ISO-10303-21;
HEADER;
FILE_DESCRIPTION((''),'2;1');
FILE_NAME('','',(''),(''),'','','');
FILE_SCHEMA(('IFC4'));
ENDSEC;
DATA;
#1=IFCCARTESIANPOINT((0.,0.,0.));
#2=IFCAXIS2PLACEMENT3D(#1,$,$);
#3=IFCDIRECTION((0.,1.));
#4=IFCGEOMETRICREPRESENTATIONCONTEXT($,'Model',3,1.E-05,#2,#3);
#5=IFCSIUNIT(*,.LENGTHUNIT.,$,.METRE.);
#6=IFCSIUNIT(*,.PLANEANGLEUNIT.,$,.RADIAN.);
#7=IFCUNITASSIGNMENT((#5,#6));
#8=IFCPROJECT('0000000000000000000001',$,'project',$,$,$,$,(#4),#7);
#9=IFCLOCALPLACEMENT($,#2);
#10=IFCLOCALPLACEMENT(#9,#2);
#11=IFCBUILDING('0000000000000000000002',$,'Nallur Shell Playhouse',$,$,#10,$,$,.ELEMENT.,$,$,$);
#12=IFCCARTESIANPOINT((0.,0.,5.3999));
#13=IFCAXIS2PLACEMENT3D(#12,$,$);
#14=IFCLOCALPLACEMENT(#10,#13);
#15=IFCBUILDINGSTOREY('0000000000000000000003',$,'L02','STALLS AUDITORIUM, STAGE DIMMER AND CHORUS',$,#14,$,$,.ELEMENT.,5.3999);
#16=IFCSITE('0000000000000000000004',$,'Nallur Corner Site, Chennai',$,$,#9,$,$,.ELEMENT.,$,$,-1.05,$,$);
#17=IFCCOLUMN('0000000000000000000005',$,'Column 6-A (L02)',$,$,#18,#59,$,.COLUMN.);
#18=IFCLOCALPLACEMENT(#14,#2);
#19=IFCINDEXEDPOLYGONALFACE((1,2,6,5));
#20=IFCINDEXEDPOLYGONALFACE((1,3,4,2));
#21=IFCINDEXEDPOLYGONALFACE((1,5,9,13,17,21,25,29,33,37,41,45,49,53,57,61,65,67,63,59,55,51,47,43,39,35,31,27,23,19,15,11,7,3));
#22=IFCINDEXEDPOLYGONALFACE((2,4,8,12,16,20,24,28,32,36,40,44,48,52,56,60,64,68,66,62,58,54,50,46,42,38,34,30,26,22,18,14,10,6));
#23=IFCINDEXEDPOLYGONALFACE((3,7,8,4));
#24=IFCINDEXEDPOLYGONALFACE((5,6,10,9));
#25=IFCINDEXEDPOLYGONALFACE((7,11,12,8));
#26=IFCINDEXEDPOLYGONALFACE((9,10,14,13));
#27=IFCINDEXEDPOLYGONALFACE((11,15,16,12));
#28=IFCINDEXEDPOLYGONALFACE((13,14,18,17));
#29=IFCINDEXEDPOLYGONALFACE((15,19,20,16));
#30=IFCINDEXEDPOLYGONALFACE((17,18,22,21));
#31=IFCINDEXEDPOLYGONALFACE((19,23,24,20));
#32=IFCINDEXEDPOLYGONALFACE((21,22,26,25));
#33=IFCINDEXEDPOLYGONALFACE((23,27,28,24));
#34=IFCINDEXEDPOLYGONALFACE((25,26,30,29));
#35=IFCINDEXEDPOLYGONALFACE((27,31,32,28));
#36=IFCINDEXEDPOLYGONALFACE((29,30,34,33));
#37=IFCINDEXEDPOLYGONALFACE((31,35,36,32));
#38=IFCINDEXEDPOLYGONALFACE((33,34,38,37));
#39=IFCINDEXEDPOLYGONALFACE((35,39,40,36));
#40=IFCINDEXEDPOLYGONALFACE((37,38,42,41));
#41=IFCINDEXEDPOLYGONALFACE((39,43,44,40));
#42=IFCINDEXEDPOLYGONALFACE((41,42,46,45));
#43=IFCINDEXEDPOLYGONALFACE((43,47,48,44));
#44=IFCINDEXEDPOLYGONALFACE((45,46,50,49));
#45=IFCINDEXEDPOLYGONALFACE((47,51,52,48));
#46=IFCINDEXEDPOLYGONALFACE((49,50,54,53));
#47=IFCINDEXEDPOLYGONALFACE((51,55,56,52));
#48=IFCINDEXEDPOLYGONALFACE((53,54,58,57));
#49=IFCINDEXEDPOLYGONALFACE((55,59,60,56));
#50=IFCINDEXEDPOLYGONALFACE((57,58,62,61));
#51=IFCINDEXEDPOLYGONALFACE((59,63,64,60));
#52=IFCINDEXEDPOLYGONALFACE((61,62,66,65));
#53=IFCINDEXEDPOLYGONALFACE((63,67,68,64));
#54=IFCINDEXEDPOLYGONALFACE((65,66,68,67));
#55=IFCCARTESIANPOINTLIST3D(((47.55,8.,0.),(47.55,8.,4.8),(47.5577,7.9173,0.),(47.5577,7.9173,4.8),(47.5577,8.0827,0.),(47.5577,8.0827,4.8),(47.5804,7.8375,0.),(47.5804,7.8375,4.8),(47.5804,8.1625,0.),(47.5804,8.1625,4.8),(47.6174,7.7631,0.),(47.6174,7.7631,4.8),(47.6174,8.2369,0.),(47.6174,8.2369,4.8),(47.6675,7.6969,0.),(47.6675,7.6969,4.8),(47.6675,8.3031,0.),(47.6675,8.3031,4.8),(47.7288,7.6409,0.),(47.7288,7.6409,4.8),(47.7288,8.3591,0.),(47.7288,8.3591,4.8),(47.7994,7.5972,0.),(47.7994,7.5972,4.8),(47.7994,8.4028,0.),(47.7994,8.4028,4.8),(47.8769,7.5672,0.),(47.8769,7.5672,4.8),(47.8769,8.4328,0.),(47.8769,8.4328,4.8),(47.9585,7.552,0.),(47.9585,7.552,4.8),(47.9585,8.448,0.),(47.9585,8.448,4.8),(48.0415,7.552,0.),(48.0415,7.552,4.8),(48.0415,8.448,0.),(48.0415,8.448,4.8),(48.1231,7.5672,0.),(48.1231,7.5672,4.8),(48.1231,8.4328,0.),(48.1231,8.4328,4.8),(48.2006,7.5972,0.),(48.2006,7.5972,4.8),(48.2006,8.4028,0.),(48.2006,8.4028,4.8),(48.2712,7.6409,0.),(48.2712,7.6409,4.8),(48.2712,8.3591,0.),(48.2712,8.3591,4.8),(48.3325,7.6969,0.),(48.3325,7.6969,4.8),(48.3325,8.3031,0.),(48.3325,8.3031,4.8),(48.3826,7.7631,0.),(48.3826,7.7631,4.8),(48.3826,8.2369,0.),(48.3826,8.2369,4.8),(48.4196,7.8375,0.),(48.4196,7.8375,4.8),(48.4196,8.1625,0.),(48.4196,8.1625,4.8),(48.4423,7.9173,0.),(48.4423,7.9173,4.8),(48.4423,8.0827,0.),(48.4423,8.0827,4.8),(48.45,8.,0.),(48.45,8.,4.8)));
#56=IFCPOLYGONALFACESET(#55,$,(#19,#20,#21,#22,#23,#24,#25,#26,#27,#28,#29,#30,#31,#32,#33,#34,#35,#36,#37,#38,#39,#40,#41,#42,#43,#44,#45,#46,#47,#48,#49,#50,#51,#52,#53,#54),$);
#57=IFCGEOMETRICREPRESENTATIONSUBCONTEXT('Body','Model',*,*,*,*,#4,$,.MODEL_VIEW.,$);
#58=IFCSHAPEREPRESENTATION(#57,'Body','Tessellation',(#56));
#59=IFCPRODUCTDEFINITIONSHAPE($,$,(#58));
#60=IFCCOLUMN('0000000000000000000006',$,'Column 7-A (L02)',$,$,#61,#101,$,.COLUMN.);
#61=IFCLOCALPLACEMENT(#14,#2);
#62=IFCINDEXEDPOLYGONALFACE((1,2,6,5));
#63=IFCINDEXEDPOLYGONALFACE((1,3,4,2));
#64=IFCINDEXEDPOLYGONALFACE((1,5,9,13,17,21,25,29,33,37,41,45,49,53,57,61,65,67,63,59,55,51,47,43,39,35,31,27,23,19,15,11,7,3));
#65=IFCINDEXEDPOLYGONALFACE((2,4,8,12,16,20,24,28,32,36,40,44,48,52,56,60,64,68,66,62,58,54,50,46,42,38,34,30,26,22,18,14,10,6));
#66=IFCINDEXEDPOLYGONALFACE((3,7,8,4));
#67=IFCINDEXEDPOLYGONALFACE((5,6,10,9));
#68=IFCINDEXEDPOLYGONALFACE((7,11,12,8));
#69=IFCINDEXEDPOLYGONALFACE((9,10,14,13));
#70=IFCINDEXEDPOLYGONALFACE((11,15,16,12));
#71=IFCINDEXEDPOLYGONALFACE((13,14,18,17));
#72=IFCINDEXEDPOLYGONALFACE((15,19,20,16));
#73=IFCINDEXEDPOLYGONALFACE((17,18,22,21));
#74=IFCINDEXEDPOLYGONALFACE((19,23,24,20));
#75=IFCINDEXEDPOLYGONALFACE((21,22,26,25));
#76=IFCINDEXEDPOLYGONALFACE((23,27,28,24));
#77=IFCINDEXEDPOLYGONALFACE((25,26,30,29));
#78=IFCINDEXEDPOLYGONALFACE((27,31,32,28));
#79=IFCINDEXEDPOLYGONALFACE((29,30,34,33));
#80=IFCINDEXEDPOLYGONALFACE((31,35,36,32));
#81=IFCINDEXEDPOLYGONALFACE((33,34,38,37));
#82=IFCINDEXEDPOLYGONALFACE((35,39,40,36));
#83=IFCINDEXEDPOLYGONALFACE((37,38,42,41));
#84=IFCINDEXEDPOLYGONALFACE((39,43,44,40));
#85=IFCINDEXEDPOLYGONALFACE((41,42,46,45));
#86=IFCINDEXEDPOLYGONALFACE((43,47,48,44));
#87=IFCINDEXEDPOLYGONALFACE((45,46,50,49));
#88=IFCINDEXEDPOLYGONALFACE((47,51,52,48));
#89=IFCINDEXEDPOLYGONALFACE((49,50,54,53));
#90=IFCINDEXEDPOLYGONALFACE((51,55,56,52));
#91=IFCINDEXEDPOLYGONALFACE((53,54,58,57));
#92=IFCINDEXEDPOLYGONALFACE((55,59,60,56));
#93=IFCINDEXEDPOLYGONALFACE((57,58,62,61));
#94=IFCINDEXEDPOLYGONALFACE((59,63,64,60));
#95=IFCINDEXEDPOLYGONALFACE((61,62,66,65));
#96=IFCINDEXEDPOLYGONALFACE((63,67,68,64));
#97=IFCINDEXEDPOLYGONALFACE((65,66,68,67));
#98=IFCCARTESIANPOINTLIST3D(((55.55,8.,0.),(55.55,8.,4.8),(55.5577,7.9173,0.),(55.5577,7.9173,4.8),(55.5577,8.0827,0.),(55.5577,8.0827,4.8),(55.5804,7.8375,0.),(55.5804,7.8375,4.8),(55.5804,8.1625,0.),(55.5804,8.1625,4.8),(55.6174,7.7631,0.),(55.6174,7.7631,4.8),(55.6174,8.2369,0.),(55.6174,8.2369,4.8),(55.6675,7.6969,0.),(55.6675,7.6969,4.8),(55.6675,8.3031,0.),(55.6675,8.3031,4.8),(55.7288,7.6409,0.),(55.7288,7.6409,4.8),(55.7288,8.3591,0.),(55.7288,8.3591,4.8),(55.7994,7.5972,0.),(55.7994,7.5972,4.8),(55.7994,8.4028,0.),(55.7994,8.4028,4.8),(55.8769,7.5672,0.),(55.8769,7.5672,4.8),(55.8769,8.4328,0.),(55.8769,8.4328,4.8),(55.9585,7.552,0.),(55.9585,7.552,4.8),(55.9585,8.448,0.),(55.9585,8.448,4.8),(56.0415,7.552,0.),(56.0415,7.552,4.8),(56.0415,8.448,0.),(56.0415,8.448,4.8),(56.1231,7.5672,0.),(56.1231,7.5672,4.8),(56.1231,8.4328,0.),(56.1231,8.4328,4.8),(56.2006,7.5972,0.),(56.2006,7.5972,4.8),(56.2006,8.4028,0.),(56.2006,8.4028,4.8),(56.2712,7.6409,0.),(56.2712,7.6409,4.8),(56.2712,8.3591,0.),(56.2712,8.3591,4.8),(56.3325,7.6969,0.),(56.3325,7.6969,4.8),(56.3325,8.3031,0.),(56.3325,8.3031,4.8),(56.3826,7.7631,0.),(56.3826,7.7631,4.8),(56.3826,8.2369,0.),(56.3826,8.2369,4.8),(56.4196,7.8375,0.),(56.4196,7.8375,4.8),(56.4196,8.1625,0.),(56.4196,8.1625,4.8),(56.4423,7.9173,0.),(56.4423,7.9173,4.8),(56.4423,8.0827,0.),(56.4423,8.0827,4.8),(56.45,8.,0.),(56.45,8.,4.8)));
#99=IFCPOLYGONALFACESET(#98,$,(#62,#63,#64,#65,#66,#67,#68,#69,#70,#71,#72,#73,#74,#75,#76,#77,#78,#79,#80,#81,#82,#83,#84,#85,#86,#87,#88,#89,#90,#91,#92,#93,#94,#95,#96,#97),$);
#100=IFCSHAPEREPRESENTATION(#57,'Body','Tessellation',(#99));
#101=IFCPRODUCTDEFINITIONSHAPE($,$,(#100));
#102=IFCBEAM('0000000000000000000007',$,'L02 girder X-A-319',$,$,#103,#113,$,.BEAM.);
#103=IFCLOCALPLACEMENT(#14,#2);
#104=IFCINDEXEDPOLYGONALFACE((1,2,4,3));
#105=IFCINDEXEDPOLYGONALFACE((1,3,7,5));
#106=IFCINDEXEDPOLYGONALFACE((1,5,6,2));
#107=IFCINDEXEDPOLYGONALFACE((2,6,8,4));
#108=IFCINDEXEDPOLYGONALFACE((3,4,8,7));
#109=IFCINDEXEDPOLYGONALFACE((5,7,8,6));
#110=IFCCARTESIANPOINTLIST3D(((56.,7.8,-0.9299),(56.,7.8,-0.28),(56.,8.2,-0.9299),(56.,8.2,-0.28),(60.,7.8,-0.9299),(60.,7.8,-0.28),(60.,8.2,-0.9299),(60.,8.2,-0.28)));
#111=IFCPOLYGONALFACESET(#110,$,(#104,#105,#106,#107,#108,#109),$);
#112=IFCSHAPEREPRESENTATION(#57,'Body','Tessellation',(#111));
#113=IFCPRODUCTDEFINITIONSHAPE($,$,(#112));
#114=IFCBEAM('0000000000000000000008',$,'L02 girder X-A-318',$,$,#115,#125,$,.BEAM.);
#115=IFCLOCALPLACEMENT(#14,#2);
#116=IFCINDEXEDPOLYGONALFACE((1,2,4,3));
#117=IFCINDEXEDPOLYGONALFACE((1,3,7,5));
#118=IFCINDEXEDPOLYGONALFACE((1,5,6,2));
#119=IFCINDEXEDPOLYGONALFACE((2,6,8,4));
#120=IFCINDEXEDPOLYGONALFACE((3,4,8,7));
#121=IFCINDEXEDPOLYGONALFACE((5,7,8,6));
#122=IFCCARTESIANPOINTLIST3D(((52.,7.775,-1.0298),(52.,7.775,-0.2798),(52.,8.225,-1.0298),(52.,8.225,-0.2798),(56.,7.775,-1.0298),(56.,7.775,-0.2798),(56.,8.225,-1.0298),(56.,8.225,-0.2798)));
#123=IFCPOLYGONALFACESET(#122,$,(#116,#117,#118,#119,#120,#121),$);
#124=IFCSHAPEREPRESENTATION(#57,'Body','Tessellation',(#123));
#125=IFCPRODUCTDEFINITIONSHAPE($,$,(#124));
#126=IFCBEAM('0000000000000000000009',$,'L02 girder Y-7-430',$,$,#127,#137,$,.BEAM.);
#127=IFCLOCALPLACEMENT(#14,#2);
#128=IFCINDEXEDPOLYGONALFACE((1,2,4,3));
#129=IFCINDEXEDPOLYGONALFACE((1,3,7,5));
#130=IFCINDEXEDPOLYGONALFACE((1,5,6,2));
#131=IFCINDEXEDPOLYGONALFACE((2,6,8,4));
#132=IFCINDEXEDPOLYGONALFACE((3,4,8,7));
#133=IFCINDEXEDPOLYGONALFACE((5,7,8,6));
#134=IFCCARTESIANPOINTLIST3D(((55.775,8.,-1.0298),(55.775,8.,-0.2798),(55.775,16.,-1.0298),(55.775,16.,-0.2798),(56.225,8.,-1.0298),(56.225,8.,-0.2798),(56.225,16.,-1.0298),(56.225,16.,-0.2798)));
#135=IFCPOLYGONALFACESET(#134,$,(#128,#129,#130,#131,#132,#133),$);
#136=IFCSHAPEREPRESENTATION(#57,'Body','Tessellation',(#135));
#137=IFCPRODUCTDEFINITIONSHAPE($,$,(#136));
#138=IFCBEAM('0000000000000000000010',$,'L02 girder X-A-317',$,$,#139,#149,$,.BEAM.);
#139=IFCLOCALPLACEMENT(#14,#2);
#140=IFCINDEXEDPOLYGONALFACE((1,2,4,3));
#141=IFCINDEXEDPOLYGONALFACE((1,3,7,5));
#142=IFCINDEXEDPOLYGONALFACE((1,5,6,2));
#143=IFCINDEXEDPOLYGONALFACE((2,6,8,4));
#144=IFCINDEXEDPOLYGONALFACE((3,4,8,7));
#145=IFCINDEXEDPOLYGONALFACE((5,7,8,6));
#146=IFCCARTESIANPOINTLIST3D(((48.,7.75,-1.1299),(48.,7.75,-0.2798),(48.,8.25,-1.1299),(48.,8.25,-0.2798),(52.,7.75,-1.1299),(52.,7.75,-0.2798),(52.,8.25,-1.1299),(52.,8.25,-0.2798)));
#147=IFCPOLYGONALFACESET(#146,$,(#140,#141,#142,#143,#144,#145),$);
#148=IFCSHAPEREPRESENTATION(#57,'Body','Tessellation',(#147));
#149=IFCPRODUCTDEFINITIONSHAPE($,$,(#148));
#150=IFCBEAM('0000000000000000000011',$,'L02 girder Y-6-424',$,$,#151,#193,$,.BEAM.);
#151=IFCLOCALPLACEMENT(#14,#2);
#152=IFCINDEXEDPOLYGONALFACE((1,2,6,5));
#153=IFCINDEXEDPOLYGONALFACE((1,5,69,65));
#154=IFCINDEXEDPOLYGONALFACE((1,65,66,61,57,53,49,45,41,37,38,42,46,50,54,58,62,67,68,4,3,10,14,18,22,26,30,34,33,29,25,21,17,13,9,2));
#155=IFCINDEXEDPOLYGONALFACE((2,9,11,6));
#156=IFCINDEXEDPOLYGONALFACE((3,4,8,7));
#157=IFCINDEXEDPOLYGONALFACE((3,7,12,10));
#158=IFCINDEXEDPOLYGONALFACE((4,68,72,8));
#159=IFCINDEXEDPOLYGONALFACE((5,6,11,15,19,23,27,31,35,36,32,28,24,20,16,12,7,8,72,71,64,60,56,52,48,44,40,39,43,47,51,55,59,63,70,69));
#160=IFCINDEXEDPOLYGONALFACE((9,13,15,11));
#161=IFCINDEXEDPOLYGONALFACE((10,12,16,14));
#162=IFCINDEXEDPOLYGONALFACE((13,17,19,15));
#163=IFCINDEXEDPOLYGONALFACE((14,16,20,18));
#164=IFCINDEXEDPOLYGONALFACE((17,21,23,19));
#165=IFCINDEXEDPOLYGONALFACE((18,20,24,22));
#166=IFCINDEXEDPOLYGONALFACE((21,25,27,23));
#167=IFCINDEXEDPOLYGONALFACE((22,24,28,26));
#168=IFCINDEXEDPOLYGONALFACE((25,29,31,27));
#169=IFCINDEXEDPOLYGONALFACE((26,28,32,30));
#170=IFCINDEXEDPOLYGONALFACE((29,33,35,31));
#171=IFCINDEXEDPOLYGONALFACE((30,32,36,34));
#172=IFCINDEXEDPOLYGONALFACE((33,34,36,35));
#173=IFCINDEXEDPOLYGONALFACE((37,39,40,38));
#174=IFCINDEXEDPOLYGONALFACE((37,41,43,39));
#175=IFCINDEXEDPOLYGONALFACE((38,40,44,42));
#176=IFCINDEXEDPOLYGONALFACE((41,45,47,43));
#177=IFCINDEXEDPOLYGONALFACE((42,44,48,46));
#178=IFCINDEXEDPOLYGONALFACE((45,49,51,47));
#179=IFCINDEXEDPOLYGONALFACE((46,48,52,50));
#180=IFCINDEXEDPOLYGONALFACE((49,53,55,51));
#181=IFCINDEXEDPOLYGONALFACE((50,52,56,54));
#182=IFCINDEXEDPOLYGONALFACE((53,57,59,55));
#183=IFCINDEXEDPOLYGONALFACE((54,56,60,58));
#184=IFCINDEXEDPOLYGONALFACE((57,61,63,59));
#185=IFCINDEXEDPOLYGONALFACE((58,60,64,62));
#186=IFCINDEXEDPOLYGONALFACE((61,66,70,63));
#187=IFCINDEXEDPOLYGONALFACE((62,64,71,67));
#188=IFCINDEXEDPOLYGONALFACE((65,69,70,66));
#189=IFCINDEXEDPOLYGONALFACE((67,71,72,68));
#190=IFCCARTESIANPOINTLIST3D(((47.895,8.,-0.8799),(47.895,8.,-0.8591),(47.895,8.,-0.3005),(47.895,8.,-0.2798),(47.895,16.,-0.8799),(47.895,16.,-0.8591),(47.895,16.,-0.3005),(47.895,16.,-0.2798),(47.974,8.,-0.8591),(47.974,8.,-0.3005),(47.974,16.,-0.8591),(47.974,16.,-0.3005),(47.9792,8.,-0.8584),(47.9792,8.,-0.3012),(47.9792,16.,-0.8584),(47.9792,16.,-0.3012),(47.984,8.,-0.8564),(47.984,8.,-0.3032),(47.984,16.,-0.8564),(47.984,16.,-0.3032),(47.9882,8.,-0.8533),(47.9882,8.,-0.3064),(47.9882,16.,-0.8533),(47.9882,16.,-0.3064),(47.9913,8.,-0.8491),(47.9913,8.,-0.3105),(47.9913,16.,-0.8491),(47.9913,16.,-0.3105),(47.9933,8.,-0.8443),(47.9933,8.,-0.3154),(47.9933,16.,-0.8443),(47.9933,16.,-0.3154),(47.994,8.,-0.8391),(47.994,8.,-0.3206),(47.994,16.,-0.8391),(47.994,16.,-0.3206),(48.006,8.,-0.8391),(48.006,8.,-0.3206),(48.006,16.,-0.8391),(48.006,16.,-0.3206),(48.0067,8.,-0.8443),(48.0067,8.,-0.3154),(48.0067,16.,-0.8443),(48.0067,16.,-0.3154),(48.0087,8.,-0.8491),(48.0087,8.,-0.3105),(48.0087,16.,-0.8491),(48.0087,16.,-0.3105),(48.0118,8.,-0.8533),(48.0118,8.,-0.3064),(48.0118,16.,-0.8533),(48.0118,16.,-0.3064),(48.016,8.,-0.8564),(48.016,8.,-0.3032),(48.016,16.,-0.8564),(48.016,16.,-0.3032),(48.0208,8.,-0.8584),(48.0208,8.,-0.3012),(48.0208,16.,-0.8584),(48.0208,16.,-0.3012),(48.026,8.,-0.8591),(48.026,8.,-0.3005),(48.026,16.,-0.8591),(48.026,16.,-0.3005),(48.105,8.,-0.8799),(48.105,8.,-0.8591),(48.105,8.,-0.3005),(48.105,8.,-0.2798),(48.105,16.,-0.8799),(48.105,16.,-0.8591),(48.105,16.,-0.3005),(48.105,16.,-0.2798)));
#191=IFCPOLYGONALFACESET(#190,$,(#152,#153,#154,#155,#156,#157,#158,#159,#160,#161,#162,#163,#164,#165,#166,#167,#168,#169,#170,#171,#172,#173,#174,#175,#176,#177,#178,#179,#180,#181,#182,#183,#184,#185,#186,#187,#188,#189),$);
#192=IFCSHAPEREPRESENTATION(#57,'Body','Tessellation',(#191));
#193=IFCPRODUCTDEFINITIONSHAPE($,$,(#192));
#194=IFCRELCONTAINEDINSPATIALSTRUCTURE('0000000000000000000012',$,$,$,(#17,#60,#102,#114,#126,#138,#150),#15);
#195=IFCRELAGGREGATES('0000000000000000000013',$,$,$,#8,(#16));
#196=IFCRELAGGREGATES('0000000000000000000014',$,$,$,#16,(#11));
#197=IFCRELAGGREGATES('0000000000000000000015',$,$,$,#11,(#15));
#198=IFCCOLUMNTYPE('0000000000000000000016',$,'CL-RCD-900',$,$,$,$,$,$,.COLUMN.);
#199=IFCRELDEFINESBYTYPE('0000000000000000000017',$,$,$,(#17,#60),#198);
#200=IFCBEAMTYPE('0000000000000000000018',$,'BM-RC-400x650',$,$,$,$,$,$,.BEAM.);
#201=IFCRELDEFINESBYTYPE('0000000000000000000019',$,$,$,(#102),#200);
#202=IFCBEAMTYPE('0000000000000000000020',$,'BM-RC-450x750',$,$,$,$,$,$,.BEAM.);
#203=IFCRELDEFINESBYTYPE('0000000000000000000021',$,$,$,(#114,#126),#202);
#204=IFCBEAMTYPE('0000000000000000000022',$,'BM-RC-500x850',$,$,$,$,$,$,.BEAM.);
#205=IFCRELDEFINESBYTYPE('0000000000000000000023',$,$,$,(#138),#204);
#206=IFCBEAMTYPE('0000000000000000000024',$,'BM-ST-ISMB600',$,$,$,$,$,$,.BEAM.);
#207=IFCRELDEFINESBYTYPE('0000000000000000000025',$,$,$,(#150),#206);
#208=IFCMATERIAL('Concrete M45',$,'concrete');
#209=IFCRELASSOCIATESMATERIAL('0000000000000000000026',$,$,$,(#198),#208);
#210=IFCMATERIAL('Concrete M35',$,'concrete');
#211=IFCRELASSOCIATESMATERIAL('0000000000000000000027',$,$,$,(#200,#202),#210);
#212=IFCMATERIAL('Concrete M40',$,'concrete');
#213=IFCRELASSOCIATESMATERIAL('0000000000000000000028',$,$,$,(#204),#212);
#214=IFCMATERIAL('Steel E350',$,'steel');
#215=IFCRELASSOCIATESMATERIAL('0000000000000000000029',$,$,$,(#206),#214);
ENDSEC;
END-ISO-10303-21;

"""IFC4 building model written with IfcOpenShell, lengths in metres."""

from ifc_helpers import new_model, si_unit, direction, frame, origin, origin_2d, place, context, subcontext, project, spatial, rectangle, circle, i_section, extrude, material, material_profile, profile_set, type_object, element, save


model = new_model("IFC4")

# Units and contexts
model_context = context("Model", 3, precision=1e-05, world=origin(), true_north=direction((0.0, 1.0)))
body_context = subcontext(model_context, "Body", "Model", "MODEL_VIEW")
ifc_project = project(units=[si_unit("LENGTHUNIT", "METRE"), si_unit("PLANEANGLEUNIT", "RADIAN")], contexts=[model_context])

# Site, building, storey
site_placement = place(None, origin())
site = spatial("IfcSite", under=ifc_project, at=site_placement, Name="Nallur Corner Site, Chennai", CompositionType="ELEMENT", RefElevation=-1.05)
building_placement = place(site_placement, origin())
building = spatial("IfcBuilding", under=site, at=building_placement, Name="Nallur Shell Playhouse", CompositionType="ELEMENT")
storey_placement = place(building_placement, frame((0.0, 0.0, 5.3999)))
storey = spatial("IfcBuildingStorey", under=building, at=storey_placement, Name="L02", Description="STALLS AUDITORIUM, STAGE DIMMER AND CHORUS", CompositionType="ELEMENT", Elevation=5.3999)

# Columns
ifc_material_1 = material(Name="Concrete M45", Category="concrete")
ifc_material_profile_1 = material_profile(ifc_material_1, circle(Radius=0.45, at=origin_2d()), Name="RC D900")
ifc_profile_set_1 = profile_set([ifc_material_profile_1], Name="Concrete M45")
column_type = type_object("IfcColumnType", Name="CL-RCD-900", PredefinedType="COLUMN", material=ifc_profile_set_1)
for number, where, z_axis, x_axis, name in (
    (1, (48.0, 8.0, 0.0), (0.0, 0.0, 1.0), (1.0, 0.0, 0.0), "Column 6-A (L02)"),
    (2, (56.0, 8.0, 0.0), (0.0, 0.0, 1.0), (1.0, 0.0, 0.0), "Column 7-A (L02)"),
):
    element("IfcColumn", number, at=place(storey_placement, frame(where, z_axis=z_axis, x_axis=x_axis)), inside=storey, type_object=column_type, Name=name, PredefinedType="COLUMN", context=body_context, shape_type="SweptSolid", body=[
        extrude(circle(Radius=0.45, at=origin_2d()), origin(), (0.0, 0.0, 1.0), 4.8),
    ])

# Beams
ifc_material_2 = material(Name="Concrete M35", Category="concrete")
ifc_material_profile_2 = material_profile(ifc_material_2, rectangle(XDim=0.3999, YDim=0.6499, at=origin_2d()), Name="RC 400x650")
ifc_profile_set_2 = profile_set([ifc_material_profile_2], Name="Concrete M35")
beam_type_1 = type_object("IfcBeamType", Name="BM-RC-400x650", PredefinedType="BEAM", material=ifc_profile_set_2)
beam_1_placement = place(storey_placement, frame((56.0, 8.0, -0.605), z_axis=(1.0, 0.0, 0.0), x_axis=(0.0, 1.0, 0.0)))
element("IfcBeam", 3, at=beam_1_placement, inside=storey, type_object=beam_type_1, Name="L02 girder X-A-319", PredefinedType="BEAM", context=body_context, shape_type="SweptSolid", body=[
    extrude(rectangle(XDim=0.3999, YDim=0.6499, at=origin_2d()), origin(), (0.0, 0.0, 1.0), 4.0),
])
ifc_material_profile_3 = material_profile(ifc_material_2, rectangle(XDim=0.45, YDim=0.75, at=origin_2d()), Name="RC 450x750")
ifc_profile_set_3 = profile_set([ifc_material_profile_3], Name="Concrete M35")
beam_type_2 = type_object("IfcBeamType", Name="BM-RC-450x750", PredefinedType="BEAM", material=ifc_profile_set_3)
beam_2_placement = place(storey_placement, frame((52.0, 8.0, -0.6548), z_axis=(1.0, 0.0, 0.0), x_axis=(0.0, 1.0, 0.0)))
element("IfcBeam", 4, at=beam_2_placement, inside=storey, type_object=beam_type_2, Name="L02 girder X-A-318", PredefinedType="BEAM", context=body_context, shape_type="SweptSolid", body=[
    extrude(rectangle(XDim=0.45, YDim=0.75, at=origin_2d()), origin(), (0.0, 0.0, 1.0), 4.0),
])
beam_3_placement = place(storey_placement, frame((56.0, 8.0, -0.6548), z_axis=(0.0, 1.0, 0.0), x_axis=(-1.0, 0.0, 0.0)))
element("IfcBeam", 5, at=beam_3_placement, inside=storey, type_object=beam_type_2, Name="L02 girder Y-7-430", PredefinedType="BEAM", context=body_context, shape_type="SweptSolid", body=[
    extrude(rectangle(XDim=0.45, YDim=0.75, at=origin_2d()), origin(), (0.0, 0.0, 1.0), 8.0),
])
ifc_material_3 = material(Name="Concrete M40", Category="concrete")
ifc_material_profile_4 = material_profile(ifc_material_3, rectangle(XDim=0.5, YDim=0.8501, at=origin_2d()), Name="RC 500x850")
ifc_profile_set_4 = profile_set([ifc_material_profile_4], Name="Concrete M40")
beam_type_3 = type_object("IfcBeamType", Name="BM-RC-500x850", PredefinedType="BEAM", material=ifc_profile_set_4)
beam_4_placement = place(storey_placement, frame((48.0, 8.0, -0.7048), z_axis=(1.0, 0.0, 0.0), x_axis=(0.0, 1.0, 0.0)))
element("IfcBeam", 6, at=beam_4_placement, inside=storey, type_object=beam_type_3, Name="L02 girder X-A-317", PredefinedType="BEAM", context=body_context, shape_type="SweptSolid", body=[
    extrude(rectangle(XDim=0.5, YDim=0.8501, at=origin_2d()), origin(), (0.0, 0.0, 1.0), 4.0),
])
ifc_material_4 = material(Name="Steel E350", Category="steel")
ifc_material_profile_5 = material_profile(ifc_material_4, i_section(OverallWidth=0.21, OverallDepth=0.6001, WebThickness=0.012, FlangeThickness=0.0208, FilletRadius=0.02, at=origin_2d()), Name="ISMB 600")
ifc_profile_set_5 = profile_set([ifc_material_profile_5], Name="Steel E350")
beam_type_4 = type_object("IfcBeamType", Name="BM-ST-ISMB600", PredefinedType="BEAM", material=ifc_profile_set_5)
beam_5_placement = place(storey_placement, frame((48.0, 8.0, -0.5798), z_axis=(0.0, 1.0, 0.0), x_axis=(-1.0, 0.0, 0.0)))
element("IfcBeam", 7, at=beam_5_placement, inside=storey, type_object=beam_type_4, Name="L02 girder Y-6-424", PredefinedType="BEAM", context=body_context, shape_type="SweptSolid", body=[
    extrude(i_section(OverallWidth=0.21, OverallDepth=0.6001, WebThickness=0.012, FlangeThickness=0.0208, FilletRadius=0.02, at=origin_2d()), origin(), (0.0, 0.0, 1.0), 8.0),
])

save(model, "model.ifc")
